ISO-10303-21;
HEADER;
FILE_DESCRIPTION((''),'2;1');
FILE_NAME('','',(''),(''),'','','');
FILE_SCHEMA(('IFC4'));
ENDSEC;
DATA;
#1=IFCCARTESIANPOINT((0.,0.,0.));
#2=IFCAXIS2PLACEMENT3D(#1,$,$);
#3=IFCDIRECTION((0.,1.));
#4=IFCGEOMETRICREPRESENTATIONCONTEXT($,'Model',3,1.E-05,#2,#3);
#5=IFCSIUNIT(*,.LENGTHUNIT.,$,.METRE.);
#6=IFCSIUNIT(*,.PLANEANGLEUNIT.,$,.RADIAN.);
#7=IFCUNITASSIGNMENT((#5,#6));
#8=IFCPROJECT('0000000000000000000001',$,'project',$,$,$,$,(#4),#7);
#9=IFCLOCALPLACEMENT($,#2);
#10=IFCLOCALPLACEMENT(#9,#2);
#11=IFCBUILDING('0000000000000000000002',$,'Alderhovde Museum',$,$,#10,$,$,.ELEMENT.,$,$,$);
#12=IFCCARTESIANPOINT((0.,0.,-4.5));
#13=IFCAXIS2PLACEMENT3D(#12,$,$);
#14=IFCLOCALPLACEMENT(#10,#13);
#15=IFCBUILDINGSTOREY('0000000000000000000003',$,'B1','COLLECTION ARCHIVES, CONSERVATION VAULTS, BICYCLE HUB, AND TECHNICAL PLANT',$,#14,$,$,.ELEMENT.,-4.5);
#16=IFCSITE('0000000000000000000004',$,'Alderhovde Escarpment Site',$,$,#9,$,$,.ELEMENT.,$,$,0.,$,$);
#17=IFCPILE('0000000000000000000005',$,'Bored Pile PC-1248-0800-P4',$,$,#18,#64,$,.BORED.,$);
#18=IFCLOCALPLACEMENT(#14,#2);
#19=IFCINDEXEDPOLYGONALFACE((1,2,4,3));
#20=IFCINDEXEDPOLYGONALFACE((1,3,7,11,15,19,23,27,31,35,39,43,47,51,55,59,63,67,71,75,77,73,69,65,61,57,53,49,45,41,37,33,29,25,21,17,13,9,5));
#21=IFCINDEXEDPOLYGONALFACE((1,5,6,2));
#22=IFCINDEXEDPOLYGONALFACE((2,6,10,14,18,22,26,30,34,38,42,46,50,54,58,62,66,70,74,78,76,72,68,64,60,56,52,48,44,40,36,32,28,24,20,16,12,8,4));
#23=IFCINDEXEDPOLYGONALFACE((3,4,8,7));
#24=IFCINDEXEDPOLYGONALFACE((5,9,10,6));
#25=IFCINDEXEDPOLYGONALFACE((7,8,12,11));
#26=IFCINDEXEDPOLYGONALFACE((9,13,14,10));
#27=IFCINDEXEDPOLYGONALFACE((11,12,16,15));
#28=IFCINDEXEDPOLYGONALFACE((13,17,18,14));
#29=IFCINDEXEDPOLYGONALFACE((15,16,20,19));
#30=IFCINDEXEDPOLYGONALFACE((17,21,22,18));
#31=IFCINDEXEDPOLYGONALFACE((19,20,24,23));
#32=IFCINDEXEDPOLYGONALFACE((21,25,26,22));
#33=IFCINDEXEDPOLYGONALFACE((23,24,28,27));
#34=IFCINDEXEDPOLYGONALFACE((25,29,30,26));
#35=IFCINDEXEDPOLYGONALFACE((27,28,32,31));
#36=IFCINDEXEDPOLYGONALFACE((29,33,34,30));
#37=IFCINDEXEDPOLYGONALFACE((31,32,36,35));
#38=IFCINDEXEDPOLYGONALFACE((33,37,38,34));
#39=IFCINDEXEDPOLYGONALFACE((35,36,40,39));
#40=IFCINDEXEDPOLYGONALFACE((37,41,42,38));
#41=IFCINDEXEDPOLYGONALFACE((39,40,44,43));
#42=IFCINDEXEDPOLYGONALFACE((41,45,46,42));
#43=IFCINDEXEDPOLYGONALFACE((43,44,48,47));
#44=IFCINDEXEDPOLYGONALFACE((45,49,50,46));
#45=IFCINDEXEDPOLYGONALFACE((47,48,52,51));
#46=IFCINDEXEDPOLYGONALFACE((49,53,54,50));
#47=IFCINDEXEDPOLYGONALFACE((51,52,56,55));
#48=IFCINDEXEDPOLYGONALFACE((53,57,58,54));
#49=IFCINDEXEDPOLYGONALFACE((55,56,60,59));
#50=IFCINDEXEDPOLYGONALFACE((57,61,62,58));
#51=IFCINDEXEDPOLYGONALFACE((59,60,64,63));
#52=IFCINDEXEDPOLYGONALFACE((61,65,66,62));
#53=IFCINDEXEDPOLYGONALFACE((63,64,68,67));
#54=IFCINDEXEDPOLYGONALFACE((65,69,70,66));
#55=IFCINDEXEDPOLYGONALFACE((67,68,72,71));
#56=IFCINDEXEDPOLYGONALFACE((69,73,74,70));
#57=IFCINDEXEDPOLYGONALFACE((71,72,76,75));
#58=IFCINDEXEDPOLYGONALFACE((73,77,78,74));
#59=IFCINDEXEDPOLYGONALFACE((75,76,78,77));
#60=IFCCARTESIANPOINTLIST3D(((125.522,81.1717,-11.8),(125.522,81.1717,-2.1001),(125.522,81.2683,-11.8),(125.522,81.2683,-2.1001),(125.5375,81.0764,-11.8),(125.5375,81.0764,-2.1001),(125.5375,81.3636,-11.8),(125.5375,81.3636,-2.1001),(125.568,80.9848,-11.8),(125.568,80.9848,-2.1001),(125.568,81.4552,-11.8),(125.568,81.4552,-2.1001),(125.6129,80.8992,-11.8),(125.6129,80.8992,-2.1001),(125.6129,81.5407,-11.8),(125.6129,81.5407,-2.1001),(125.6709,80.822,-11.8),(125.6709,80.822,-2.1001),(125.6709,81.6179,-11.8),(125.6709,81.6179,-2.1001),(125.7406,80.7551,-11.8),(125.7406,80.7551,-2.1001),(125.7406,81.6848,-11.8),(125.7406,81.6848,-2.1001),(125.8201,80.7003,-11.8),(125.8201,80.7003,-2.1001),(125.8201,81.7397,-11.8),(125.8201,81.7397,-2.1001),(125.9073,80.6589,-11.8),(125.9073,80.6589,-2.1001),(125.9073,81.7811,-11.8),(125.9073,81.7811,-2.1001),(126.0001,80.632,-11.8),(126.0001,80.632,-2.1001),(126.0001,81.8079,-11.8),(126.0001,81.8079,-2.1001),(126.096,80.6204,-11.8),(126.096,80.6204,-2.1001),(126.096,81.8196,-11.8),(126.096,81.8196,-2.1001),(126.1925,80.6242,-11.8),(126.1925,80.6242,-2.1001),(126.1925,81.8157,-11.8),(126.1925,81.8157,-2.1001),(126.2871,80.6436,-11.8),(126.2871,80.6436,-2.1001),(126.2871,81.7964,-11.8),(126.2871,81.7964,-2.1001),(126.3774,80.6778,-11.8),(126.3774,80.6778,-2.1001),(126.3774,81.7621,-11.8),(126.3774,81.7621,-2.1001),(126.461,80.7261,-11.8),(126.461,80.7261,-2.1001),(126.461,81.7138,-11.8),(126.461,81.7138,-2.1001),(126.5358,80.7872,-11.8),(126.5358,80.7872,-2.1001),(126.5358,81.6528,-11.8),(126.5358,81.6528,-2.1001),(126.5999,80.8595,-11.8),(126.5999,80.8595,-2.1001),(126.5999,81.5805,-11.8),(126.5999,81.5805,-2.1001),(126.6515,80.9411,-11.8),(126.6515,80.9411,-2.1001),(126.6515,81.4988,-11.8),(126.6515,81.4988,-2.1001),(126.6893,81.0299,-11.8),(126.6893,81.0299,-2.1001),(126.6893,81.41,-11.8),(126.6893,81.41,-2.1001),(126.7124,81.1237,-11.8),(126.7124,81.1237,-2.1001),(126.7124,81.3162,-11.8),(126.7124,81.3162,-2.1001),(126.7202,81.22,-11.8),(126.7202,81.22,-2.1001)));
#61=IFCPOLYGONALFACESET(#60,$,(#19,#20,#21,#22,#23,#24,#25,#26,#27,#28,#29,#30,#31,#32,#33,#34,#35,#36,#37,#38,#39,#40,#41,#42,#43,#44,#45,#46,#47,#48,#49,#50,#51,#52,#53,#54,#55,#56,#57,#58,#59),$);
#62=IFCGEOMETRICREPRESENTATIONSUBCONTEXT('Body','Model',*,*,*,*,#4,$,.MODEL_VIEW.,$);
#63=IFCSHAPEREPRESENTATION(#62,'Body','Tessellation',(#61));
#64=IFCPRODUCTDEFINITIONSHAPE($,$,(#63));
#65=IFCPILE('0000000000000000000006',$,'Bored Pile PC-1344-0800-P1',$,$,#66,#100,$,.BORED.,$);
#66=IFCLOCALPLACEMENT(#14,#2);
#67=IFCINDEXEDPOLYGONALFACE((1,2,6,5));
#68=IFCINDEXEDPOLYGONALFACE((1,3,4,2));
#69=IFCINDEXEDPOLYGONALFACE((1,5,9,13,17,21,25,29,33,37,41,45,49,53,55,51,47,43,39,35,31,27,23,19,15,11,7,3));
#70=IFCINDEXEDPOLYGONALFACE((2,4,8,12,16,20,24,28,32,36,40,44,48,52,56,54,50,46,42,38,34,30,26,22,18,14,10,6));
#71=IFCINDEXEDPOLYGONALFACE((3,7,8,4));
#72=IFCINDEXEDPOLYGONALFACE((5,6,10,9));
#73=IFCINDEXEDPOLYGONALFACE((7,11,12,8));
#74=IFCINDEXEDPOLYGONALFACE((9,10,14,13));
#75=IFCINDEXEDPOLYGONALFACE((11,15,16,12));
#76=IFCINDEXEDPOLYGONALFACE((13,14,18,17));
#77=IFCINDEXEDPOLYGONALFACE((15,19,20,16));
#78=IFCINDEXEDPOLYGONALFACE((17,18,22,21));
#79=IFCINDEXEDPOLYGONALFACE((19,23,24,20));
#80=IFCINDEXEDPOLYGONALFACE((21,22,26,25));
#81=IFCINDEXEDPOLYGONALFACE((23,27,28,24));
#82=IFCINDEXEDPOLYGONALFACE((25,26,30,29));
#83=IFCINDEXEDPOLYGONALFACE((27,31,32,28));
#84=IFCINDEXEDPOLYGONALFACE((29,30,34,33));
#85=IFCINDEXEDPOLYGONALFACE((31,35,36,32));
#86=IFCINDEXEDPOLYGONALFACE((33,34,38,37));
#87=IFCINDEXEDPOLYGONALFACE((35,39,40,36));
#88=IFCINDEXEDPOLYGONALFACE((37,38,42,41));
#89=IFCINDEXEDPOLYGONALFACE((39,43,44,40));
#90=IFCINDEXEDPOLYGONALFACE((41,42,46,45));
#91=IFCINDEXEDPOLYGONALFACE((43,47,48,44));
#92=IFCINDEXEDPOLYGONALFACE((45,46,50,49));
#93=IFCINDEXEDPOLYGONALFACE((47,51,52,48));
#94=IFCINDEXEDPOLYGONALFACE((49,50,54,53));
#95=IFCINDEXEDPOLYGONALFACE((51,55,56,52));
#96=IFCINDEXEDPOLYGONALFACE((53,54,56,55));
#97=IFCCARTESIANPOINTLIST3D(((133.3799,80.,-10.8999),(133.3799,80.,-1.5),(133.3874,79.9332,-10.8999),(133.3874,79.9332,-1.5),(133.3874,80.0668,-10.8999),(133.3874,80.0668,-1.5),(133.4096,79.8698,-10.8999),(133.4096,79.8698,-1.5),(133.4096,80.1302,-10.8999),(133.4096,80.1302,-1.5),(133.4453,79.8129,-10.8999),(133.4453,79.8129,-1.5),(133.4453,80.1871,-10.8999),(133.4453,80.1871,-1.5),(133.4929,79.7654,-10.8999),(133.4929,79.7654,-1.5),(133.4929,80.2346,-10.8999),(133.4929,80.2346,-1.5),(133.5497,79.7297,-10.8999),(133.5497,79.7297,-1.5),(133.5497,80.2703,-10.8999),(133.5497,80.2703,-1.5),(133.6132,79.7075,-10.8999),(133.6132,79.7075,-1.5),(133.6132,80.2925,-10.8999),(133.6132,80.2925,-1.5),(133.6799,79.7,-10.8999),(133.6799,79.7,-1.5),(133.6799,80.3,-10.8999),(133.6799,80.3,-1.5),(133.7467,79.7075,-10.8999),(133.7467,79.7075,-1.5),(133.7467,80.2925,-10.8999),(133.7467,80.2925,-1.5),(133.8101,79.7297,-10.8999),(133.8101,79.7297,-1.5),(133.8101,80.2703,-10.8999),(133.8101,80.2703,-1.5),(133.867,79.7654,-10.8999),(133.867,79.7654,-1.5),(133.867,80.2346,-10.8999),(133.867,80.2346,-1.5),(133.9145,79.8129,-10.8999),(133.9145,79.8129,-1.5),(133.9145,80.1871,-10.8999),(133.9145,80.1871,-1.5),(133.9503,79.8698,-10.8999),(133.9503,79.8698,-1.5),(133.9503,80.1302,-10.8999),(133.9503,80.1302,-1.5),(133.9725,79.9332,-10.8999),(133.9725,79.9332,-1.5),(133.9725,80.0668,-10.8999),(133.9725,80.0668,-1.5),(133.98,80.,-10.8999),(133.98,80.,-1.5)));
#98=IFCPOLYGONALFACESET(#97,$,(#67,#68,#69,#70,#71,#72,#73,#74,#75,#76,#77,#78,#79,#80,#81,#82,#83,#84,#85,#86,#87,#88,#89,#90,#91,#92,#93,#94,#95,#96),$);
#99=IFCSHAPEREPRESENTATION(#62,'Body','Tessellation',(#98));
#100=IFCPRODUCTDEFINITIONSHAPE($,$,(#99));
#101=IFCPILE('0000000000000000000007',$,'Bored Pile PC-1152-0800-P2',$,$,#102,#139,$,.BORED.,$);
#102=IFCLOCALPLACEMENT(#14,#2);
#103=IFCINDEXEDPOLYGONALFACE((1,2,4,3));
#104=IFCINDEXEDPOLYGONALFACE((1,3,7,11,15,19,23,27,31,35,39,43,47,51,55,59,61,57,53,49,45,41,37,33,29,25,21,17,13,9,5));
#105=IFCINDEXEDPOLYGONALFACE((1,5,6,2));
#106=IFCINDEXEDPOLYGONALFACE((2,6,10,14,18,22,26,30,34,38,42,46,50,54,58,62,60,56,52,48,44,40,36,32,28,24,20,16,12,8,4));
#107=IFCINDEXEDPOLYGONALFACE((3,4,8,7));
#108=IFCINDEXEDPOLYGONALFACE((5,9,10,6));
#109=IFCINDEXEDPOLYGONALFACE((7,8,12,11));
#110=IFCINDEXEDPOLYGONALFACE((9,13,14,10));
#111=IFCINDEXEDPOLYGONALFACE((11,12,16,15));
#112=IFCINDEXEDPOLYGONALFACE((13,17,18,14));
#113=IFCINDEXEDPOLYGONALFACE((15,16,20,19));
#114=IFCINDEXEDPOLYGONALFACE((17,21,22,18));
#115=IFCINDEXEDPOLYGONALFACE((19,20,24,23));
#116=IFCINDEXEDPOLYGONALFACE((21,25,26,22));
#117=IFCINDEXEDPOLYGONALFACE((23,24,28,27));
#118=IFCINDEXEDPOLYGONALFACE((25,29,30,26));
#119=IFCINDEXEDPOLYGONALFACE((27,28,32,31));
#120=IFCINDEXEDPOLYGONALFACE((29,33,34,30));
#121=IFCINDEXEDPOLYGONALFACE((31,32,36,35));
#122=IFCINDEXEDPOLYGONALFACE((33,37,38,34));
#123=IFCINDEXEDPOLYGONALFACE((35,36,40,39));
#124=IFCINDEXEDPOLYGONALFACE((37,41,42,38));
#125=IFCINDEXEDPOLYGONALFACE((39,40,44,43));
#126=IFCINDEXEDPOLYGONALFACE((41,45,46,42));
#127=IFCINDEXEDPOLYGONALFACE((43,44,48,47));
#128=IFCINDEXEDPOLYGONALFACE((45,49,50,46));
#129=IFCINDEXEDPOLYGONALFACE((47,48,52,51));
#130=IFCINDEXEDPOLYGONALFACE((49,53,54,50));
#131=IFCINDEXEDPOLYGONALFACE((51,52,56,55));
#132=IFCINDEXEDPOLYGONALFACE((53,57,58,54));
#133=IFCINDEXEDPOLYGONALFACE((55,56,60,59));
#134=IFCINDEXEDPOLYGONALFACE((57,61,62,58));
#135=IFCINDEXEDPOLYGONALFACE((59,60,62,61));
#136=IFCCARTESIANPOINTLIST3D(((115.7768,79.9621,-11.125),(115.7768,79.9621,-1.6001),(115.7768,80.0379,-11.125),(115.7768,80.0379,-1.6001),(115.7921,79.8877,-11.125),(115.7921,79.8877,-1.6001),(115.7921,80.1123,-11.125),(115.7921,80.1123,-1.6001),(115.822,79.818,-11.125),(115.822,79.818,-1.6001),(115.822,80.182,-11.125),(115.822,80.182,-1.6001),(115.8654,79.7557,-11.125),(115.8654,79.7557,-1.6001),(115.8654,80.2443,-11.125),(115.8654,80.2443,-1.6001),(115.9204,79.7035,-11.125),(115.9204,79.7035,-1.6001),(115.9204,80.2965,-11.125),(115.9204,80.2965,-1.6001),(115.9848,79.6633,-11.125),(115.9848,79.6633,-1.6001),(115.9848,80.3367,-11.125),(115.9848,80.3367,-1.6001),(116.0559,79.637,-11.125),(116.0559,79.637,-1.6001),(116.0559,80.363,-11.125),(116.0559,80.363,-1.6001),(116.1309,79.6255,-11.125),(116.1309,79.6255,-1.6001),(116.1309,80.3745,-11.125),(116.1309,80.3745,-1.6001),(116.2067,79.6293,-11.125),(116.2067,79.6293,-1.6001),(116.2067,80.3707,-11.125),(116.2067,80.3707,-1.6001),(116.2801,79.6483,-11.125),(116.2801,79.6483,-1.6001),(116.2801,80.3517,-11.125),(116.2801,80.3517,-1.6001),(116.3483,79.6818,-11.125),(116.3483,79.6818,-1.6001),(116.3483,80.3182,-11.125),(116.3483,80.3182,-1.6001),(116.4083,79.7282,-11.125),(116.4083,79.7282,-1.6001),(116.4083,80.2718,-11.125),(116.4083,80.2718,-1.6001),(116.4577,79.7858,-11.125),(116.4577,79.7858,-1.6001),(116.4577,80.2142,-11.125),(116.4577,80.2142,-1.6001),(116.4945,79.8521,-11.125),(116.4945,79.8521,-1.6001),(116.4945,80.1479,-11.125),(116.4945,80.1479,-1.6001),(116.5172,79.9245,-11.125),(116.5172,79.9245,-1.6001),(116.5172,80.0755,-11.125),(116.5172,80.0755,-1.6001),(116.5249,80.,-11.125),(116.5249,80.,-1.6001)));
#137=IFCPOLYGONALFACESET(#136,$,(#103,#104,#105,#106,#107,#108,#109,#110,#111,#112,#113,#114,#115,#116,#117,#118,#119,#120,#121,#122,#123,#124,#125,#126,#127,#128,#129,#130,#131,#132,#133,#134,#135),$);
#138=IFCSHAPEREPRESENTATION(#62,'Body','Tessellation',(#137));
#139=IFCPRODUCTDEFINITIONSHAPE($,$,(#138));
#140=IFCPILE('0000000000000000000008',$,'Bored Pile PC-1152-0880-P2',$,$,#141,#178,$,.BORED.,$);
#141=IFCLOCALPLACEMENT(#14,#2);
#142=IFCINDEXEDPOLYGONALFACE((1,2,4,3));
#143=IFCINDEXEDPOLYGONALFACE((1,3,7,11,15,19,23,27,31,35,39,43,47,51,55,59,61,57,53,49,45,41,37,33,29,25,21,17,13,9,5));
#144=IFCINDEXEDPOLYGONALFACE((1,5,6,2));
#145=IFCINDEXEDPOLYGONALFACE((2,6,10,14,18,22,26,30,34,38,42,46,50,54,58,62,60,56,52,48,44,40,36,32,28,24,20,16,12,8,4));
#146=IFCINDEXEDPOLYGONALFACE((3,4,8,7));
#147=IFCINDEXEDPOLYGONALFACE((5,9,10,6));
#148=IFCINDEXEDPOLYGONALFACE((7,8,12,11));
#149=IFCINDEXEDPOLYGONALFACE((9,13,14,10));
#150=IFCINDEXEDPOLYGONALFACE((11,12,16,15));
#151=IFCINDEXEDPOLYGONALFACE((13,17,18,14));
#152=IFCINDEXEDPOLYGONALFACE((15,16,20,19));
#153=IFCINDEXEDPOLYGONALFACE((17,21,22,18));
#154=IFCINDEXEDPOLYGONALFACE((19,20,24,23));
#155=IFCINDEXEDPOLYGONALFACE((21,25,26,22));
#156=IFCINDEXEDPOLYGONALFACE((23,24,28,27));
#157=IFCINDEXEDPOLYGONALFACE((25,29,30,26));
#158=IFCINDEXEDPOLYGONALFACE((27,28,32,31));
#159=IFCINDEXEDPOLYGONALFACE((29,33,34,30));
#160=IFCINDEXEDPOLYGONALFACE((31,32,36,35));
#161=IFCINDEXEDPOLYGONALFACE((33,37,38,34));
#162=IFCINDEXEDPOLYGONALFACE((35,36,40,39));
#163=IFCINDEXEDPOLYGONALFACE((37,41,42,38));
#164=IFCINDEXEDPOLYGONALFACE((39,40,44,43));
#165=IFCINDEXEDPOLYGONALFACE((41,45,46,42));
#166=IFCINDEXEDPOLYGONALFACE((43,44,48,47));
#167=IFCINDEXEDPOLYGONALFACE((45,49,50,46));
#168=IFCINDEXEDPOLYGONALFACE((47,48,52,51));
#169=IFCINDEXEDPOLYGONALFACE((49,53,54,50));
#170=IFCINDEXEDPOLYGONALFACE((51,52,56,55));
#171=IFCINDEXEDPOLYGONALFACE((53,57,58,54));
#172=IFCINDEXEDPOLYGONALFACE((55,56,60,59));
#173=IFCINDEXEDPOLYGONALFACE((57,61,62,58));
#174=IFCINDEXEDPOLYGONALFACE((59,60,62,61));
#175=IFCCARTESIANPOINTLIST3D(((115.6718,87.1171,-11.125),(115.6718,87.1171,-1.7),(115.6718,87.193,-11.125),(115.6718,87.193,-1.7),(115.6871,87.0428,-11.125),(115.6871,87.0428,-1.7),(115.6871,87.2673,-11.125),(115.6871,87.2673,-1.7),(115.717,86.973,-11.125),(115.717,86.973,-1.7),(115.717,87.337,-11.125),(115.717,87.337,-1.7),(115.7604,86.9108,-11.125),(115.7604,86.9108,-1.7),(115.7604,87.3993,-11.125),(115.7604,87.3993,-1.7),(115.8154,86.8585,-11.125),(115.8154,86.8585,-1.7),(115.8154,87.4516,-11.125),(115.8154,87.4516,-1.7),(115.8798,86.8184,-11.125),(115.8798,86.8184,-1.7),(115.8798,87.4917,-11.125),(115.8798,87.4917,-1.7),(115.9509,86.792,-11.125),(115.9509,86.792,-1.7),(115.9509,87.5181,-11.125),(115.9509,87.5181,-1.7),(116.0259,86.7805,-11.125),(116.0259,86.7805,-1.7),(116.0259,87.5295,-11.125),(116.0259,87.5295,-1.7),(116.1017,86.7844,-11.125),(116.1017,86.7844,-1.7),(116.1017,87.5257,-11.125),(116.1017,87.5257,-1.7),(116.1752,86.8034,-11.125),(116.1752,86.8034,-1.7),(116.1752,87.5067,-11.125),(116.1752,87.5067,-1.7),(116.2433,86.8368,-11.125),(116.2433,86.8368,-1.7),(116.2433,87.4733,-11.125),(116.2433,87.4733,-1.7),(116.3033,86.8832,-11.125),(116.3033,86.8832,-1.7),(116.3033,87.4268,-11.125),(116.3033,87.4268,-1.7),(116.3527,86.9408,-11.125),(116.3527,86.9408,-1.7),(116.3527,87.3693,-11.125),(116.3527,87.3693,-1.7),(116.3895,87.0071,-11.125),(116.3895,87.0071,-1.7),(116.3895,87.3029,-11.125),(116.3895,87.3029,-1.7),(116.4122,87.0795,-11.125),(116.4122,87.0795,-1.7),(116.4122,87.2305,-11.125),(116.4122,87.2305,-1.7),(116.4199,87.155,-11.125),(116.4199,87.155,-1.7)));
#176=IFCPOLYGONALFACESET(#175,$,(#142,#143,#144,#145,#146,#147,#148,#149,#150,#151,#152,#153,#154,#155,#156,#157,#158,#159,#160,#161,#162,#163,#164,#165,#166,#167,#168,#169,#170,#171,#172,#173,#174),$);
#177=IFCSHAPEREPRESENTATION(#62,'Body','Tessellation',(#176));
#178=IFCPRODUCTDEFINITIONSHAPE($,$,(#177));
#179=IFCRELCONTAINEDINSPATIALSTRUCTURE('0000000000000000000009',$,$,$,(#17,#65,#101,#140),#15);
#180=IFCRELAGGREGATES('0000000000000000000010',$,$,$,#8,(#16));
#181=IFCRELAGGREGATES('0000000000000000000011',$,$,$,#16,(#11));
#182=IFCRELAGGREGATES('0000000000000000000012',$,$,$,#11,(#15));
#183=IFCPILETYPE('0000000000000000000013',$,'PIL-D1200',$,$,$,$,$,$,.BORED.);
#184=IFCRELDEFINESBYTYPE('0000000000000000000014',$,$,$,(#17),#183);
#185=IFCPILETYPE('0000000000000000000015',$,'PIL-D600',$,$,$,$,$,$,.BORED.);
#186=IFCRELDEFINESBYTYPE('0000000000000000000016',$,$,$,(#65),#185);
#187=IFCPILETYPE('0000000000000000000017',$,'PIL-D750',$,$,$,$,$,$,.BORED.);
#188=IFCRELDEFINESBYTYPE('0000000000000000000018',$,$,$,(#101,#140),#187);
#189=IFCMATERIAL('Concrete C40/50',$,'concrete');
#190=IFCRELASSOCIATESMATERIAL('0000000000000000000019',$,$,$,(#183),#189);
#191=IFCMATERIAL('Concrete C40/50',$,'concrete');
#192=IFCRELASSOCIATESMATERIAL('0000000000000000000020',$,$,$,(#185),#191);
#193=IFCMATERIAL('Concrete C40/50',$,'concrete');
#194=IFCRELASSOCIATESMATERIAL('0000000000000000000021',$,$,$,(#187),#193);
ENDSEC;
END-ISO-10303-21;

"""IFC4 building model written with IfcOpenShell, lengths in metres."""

from ifc_helpers import new_model, si_unit, direction, frame, origin, origin_2d, place, context, subcontext, project, spatial, circle, extrude, material, material_profile, profile_set, type_object, element, save


model = new_model("IFC4")

# Units and contexts
model_context = context("Model", 3, precision=1e-05, world=origin(), true_north=direction((0.0, 1.0)))
body_context = subcontext(model_context, "Body", "Model", "MODEL_VIEW")
ifc_project = project(units=[si_unit("LENGTHUNIT", "METRE"), si_unit("PLANEANGLEUNIT", "RADIAN")], contexts=[model_context])

# Site, building, storey
site_placement = place(None, origin())
site = spatial("IfcSite", under=ifc_project, at=site_placement, Name="Alderhovde Escarpment Site", CompositionType="ELEMENT", RefElevation=0.0)
building_placement = place(site_placement, origin())
building = spatial("IfcBuilding", under=site, at=building_placement, Name="Alderhovde Museum", CompositionType="ELEMENT")
storey_placement = place(building_placement, frame((0.0, 0.0, -4.5)))
storey = spatial("IfcBuildingStorey", under=building, at=storey_placement, Name="B1", Description="COLLECTION ARCHIVES, CONSERVATION VAULTS, BICYCLE HUB, AND TECHNICAL PLANT", CompositionType="ELEMENT", Elevation=-4.5)

# Piles
ifc_material_1 = material(Name="Concrete C40/50", Category="concrete")
ifc_material_profile_1 = material_profile(ifc_material_1, circle(Radius=0.6001, at=origin_2d()), Name="PILE-D1200")
ifc_profile_set_1 = profile_set([ifc_material_profile_1], Name="Concrete C40/50")
pile_type_1 = type_object("IfcPileType", Name="PIL-D1200", PredefinedType="BORED", material=ifc_profile_set_1)
for number, where, z_axis, x_axis, name in (
    (1, (126.1201, 81.22, -2.1001), (0.0, 0.0, -1.0), (1.0, 0.0, 0.0), "Bored Pile PC-1248-0800-P4"),
):
    element("IfcPile", number, at=place(storey_placement, frame(where, z_axis=z_axis, x_axis=x_axis)), inside=storey, type_object=pile_type_1, Name=name, PredefinedType="BORED", context=body_context, shape_type="SweptSolid", body=[
        extrude(circle(Radius=0.6001, at=origin_2d()), origin(), (0.0, 0.0, 1.0), 9.7),
    ])
ifc_material_2 = material(Name="Concrete C40/50", Category="concrete")
ifc_material_profile_2 = material_profile(ifc_material_2, circle(Radius=0.3, at=origin_2d()), Name="PILE-D600")
ifc_profile_set_2 = profile_set([ifc_material_profile_2], Name="Concrete C40/50")
pile_type_2 = type_object("IfcPileType", Name="PIL-D600", PredefinedType="BORED", material=ifc_profile_set_2)
pile_1_placement = place(storey_placement, frame((133.6799, 80.0, -1.5), z_axis=(0.0, 0.0, -1.0), x_axis=(1.0, 0.0, 0.0)))
element("IfcPile", 2, at=pile_1_placement, inside=storey, type_object=pile_type_2, Name="Bored Pile PC-1344-0800-P1", PredefinedType="BORED", context=body_context, shape_type="SweptSolid", body=[
    extrude(circle(Radius=0.3, at=origin_2d()), origin(), (0.0, 0.0, 1.0), 9.3999),
])
ifc_material_3 = material(Name="Concrete C40/50", Category="concrete")
ifc_material_profile_3 = material_profile(ifc_material_3, circle(Radius=0.375, at=origin_2d()), Name="PILE-D750")
ifc_profile_set_3 = profile_set([ifc_material_profile_3], Name="Concrete C40/50")
pile_type_3 = type_object("IfcPileType", Name="PIL-D750", PredefinedType="BORED", material=ifc_profile_set_3)
pile_2_placement = place(storey_placement, frame((116.1499, 80.0, -1.6001), z_axis=(0.0, 0.0, -1.0), x_axis=(1.0, 0.0, 0.0)))
element("IfcPile", 3, at=pile_2_placement, inside=storey, type_object=pile_type_3, Name="Bored Pile PC-1152-0800-P2", PredefinedType="BORED", context=body_context, shape_type="SweptSolid", body=[
    extrude(circle(Radius=0.375, at=origin_2d()), origin(), (0.0, 0.0, 1.0), 9.5249),
])
pile_3_placement = place(storey_placement, frame((116.0449, 87.155, -1.7), z_axis=(0.0, 0.0, -1.0), x_axis=(1.0, 0.0, 0.0)))
element("IfcPile", 4, at=pile_3_placement, inside=storey, type_object=pile_type_3, Name="Bored Pile PC-1152-0880-P2", PredefinedType="BORED", context=body_context, shape_type="SweptSolid", body=[
    extrude(circle(Radius=0.375, at=origin_2d()), origin(), (0.0, 0.0, 1.0), 9.425),
])

save(model, "model.ifc")
